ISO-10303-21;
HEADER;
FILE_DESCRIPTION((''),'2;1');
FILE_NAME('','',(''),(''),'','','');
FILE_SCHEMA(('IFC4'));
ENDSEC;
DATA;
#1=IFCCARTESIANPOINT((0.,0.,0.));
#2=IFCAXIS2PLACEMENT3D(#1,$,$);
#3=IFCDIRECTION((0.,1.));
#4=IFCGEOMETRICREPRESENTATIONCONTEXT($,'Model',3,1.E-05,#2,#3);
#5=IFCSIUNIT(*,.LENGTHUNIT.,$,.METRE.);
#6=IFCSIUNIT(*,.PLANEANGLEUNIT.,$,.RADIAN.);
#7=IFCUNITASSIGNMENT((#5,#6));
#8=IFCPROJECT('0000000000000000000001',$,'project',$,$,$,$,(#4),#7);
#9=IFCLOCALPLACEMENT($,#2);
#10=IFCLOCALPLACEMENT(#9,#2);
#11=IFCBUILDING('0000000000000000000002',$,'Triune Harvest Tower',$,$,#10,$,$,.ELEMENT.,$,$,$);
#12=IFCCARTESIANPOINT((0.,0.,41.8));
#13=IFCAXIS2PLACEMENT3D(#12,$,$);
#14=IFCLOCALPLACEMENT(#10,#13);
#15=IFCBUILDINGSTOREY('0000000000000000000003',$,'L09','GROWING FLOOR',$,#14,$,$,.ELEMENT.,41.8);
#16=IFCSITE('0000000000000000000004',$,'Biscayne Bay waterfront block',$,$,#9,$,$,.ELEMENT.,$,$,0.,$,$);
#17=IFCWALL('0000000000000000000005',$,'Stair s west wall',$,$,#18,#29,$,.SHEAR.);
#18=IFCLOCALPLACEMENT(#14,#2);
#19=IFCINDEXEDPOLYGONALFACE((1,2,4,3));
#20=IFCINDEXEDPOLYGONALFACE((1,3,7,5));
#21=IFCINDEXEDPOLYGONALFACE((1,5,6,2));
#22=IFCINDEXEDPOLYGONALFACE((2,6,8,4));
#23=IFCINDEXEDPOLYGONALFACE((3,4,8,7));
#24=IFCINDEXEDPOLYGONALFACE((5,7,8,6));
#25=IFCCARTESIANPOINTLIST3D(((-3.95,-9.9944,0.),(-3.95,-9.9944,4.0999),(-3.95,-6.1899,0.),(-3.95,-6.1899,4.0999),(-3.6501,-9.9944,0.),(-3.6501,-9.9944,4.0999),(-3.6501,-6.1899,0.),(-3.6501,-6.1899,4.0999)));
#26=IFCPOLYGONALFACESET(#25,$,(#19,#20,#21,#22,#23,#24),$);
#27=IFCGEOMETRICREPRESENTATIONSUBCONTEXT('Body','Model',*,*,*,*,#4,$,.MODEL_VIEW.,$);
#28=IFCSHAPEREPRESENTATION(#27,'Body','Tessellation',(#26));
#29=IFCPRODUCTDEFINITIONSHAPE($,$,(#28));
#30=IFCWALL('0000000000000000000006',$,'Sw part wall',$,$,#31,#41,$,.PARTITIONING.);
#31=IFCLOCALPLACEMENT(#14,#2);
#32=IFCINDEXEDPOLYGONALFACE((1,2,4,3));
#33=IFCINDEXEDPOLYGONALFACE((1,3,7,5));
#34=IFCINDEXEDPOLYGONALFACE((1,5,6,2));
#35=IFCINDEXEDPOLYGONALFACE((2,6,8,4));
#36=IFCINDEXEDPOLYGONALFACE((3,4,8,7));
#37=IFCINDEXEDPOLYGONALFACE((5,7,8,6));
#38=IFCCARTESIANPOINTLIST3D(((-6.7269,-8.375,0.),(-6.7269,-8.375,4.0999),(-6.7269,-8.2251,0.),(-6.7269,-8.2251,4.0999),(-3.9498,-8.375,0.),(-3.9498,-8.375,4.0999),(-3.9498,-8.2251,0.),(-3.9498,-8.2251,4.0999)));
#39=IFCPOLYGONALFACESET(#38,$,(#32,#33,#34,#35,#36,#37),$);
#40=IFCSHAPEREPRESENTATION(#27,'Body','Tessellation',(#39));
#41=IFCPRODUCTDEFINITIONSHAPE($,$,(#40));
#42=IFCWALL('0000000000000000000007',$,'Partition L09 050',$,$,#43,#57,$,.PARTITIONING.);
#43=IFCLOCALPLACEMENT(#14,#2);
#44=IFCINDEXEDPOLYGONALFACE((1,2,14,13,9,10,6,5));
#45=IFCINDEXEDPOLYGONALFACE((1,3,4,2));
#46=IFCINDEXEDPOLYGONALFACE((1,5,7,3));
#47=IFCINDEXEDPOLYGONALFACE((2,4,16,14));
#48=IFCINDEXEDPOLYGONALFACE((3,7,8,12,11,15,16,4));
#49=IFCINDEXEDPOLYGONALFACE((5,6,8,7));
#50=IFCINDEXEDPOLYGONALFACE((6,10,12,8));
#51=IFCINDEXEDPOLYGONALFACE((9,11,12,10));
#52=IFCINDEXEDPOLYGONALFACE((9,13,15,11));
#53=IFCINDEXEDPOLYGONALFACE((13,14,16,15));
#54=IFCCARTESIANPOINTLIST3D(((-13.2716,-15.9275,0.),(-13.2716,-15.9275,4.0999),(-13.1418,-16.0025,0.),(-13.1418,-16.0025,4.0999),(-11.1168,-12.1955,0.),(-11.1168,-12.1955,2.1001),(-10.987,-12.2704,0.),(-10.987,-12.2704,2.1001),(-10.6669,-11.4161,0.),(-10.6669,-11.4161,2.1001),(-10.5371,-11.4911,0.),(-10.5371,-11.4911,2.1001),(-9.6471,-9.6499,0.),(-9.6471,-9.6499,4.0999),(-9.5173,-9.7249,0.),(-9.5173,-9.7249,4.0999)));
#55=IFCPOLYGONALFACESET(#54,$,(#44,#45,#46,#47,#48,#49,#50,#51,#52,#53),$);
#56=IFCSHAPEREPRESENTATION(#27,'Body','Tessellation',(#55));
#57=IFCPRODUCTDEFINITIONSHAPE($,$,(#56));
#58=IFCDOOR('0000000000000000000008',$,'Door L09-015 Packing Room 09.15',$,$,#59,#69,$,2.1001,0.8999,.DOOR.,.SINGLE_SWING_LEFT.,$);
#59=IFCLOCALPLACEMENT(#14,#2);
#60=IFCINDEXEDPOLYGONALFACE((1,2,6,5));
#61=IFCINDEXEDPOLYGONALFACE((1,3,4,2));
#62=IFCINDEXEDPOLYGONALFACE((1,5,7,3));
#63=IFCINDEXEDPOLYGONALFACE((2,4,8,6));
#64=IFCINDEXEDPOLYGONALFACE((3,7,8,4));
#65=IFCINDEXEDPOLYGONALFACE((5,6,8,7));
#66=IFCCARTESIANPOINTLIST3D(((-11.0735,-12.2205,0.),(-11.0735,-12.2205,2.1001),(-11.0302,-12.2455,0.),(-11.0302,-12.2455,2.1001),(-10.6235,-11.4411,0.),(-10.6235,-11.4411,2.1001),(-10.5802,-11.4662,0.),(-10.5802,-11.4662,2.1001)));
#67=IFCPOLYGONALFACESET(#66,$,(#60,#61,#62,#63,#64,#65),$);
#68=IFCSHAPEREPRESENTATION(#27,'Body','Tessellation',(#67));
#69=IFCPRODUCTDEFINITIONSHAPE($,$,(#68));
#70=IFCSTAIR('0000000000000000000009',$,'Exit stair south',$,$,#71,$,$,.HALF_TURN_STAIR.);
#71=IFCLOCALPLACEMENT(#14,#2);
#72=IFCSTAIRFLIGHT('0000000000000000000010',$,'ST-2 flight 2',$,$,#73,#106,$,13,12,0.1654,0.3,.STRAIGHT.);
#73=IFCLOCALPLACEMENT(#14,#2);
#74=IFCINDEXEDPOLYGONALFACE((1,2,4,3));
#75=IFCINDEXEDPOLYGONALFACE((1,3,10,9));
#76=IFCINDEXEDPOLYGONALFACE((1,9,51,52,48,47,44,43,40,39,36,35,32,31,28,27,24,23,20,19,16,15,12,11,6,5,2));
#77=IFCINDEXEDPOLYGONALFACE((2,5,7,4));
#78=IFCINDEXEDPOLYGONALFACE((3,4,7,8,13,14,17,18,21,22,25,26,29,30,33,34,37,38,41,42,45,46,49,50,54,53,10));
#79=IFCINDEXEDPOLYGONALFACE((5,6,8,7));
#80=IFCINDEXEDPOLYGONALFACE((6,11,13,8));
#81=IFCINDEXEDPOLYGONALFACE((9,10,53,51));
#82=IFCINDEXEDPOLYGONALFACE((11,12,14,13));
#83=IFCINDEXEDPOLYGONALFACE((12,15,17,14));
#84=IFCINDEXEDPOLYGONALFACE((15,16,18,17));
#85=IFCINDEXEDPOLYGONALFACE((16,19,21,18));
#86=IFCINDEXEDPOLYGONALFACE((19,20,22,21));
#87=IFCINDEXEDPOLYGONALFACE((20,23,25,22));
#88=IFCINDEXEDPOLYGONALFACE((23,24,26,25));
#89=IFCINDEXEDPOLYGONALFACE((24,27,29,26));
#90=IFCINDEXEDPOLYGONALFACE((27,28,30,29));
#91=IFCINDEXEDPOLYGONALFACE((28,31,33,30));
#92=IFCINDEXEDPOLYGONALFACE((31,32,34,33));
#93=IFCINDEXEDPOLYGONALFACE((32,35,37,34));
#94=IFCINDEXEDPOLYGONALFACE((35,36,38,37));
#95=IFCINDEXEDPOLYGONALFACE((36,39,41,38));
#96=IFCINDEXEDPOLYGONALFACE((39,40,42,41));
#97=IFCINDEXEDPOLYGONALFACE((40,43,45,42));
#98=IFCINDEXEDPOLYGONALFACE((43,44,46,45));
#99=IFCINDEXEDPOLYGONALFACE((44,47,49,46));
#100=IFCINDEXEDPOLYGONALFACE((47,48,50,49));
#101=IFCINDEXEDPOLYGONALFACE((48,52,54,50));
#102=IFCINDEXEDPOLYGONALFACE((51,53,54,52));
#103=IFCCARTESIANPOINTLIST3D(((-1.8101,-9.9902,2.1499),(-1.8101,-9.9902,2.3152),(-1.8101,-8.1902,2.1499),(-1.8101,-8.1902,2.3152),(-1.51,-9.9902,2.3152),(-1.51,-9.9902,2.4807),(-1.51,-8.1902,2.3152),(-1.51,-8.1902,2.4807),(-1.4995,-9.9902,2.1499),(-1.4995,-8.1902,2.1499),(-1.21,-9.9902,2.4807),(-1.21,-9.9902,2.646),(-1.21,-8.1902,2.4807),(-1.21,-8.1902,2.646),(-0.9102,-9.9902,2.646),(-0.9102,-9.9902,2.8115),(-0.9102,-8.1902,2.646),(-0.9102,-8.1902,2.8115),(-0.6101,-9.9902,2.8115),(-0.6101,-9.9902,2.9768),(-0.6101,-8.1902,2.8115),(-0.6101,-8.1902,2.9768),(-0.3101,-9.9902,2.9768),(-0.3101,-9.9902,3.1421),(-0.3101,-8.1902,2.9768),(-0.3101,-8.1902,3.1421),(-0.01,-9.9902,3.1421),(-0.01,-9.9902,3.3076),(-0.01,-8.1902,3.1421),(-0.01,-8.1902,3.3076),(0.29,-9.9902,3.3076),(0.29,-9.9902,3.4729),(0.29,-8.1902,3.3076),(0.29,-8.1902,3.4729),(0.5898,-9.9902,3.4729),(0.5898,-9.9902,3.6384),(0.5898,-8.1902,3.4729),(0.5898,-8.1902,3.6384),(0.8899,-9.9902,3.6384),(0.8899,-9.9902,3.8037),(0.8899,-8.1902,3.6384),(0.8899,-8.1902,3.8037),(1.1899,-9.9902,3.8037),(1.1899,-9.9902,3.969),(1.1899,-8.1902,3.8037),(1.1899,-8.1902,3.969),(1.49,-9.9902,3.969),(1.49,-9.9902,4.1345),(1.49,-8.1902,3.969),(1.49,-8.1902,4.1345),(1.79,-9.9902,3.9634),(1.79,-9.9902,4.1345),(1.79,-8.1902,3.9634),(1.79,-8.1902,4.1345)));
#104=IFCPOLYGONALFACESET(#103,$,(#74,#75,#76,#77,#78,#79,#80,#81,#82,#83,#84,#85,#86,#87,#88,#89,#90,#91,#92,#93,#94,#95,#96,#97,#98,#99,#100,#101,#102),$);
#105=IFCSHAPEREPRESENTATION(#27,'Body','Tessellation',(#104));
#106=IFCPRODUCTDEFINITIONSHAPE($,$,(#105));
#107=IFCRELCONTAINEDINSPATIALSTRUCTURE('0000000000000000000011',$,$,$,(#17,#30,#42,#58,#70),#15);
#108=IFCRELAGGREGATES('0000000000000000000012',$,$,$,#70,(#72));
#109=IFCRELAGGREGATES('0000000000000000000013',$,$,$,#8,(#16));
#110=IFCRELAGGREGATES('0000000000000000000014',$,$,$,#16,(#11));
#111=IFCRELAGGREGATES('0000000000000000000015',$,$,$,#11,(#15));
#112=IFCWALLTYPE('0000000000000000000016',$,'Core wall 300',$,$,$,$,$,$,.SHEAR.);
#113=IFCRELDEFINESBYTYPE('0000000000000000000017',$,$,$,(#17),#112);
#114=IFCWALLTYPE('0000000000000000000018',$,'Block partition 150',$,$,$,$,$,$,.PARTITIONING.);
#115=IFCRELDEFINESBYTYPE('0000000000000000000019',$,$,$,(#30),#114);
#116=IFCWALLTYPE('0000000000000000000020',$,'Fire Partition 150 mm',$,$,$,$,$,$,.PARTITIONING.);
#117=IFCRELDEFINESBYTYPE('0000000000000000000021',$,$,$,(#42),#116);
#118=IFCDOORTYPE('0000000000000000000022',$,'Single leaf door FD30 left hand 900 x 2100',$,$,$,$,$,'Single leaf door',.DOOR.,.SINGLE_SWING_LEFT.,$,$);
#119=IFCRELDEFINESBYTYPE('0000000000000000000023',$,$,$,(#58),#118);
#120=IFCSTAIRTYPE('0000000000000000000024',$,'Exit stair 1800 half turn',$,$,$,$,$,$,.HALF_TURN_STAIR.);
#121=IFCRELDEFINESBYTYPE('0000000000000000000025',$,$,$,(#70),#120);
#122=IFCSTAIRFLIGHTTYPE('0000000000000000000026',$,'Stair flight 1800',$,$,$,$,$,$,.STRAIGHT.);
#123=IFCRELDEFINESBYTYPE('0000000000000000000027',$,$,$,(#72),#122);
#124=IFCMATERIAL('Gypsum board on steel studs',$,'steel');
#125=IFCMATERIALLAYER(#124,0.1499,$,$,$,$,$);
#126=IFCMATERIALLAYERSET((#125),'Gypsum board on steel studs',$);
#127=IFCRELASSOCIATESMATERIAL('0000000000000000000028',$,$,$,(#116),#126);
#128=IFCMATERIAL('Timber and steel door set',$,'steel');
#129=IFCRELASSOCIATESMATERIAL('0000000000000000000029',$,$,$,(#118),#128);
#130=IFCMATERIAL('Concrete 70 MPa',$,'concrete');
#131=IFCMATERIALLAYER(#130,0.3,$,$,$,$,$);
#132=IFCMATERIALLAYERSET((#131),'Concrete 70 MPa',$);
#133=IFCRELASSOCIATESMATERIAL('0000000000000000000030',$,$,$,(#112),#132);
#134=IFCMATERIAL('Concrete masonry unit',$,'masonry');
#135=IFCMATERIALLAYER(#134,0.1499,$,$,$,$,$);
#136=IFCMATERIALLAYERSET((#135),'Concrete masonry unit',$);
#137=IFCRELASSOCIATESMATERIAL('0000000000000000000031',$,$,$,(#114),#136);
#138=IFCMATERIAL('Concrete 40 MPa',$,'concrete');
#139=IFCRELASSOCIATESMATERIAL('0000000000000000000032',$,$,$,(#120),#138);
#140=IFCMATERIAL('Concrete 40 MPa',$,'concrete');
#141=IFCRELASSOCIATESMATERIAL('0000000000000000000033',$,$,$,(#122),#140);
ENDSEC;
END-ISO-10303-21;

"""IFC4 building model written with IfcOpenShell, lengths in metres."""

from ifc_helpers import new_model, si_unit, direction, frame, frame_2d, origin, place, context, subcontext, project, spatial, polyline, rectangle, outline, extrude, source, transform, mapped, material, layer, layer_set, type_object, element, fill, aggregate, save


model = new_model("IFC4")

# Units and contexts
model_context = context("Model", 3, precision=1e-05, world=origin(), true_north=direction((0.0, 1.0)))
body_context = subcontext(model_context, "Body", "Model", "MODEL_VIEW")
ifc_project = project(units=[si_unit("LENGTHUNIT", "METRE"), si_unit("PLANEANGLEUNIT", "RADIAN")], contexts=[model_context])

# Site, building, storey
site_placement = place(None, origin())
site = spatial("IfcSite", under=ifc_project, at=site_placement, Name="Biscayne Bay waterfront block", CompositionType="ELEMENT", RefElevation=0.0)
building_placement = place(site_placement, origin())
building = spatial("IfcBuilding", under=site, at=building_placement, Name="Triune Harvest Tower", CompositionType="ELEMENT")
storey_placement = place(building_placement, frame((0.0, 0.0, 41.8)))
storey = spatial("IfcBuildingStorey", under=building, at=storey_placement, Name="L09", Description="GROWING FLOOR", CompositionType="ELEMENT", Elevation=41.8)

# Shared definitions
ifc_material_1 = material(Name="Gypsum board on steel studs", Category="steel")
ifc_layer_1 = layer(ifc_material_1, 0.1499)
ifc_layer_set_1 = layer_set([ifc_layer_1], Name="Gypsum board on steel studs")
wall_type_1 = type_object("IfcWallType", Name="Fire Partition 150 mm", PredefinedType="PARTITIONING", material=ifc_layer_set_1)

# Shared definitions
ifc_material_2 = material(Name="Timber and steel door set", Category="steel")
door_type_1 = type_object("IfcDoorType", Name="Single leaf door FD30 left hand 900 x 2100", ElementType="Single leaf door", OperationType="SINGLE_SWING_LEFT", PredefinedType="DOOR", material=ifc_material_2)

# Walls
ifc_material_3 = material(Name="Concrete 70 MPa", Category="concrete")
ifc_layer_2 = layer(ifc_material_3, 0.3)
ifc_layer_set_2 = layer_set([ifc_layer_2], Name="Concrete 70 MPa")
wall_type_2 = type_object("IfcWallType", Name="Core wall 300", PredefinedType="SHEAR", material=ifc_layer_set_2)
shared_shape_1 = source(origin(), body_context, "Body", "SweptSolid", [
    extrude(outline(polyline([(3.8, -0.1499), (-0.0044, -0.1499), (-0.0044, 0.1499), (3.8, 0.1499), (3.8, -0.1499)])), origin(), (0.0, 0.0, 1.0), 4.0999),
])
wall_1_placement = place(storey_placement, frame((-3.8, -9.99, 0.0), z_axis=(0.0, 0.0, 1.0), x_axis=(0.0, 1.0, 0.0)))
element("IfcWall", 1, at=wall_1_placement, inside=storey, type_object=wall_type_2, Name="Stair s west wall", PredefinedType="SHEAR", context=body_context, shape_type="MappedRepresentation", body=[
    mapped(shared_shape_1, transform((0.0, 0.0, 0.0), scale=1.0)),
])
ifc_material_4 = material(Name="Concrete masonry unit", Category="masonry")
ifc_layer_3 = layer(ifc_material_4, 0.1499)
ifc_layer_set_3 = layer_set([ifc_layer_3], Name="Concrete masonry unit")
wall_type_3 = type_object("IfcWallType", Name="Block partition 150", PredefinedType="PARTITIONING", material=ifc_layer_set_3)
shared_shape_2 = source(origin(), body_context, "Body", "SweptSolid", [
    extrude(rectangle(XDim=2.7771, YDim=0.1499, at=frame_2d((1.3887, 0.0))), origin(), (0.0, 0.0, 1.0), 4.0999),
])
wall_2_placement = place(storey_placement, frame((-6.7271, -8.3, 0.0), z_axis=(0.0, 0.0, 1.0), x_axis=(1.0, 0.0, 0.0)))
element("IfcWall", 2, at=wall_2_placement, inside=storey, type_object=wall_type_3, Name="Sw part wall", PredefinedType="PARTITIONING", context=body_context, shape_type="MappedRepresentation", body=[
    mapped(shared_shape_2, transform((0.0, 0.0, 0.0), scale=1.0)),
])

# Wall, opening, door
shared_shape_3 = source(origin(), body_context, "Body", "SweptSolid", [
    extrude(rectangle(XDim=7.2488, YDim=0.1499, at=frame_2d((3.6245, 0.0))), origin(), (0.0, 0.0, 1.0), 4.0999),
])
wall_3_placement = place(storey_placement, frame((-13.2068, -15.9651, 0.0), z_axis=(0.0, 0.0, 1.0), x_axis=(0.500015, 0.866017, 0.0)))
wall_3 = element("IfcWall", 3, at=wall_3_placement, inside=storey, type_object=wall_type_1, Name="Partition L09 050", PredefinedType="PARTITIONING", context=body_context, shape_type="MappedRepresentation", body=[
    mapped(shared_shape_3, transform((0.0, 0.0, 0.0), scale=1.0)),
])
opening_1_placement = place(wall_3_placement, frame((4.3096, 0.0, 0.0)))
opening_1 = element("IfcOpeningElement", 4, at=opening_1_placement, cuts=wall_3, PredefinedType="OPENING", context=body_context, shape_type="SweptSolid", body=[
    extrude(rectangle(XDim=0.8999, YDim=2.1001, at=frame_2d((0.45, 1.05))), frame((0.0, 0.085, 0.0), z_axis=(0.0, -1.0, 0.0), x_axis=(1.0, 0.0, 0.0)), (0.0, 0.0, 1.0), 0.1699),
])
door_1_placement = place(opening_1_placement, origin())
door_1 = element("IfcDoor", 5, at=door_1_placement, inside=storey, type_object=door_type_1, Name="Door L09-015 Packing Room 09.15", OperationType="SINGLE_SWING_LEFT", OverallHeight=2.1001, OverallWidth=0.8999, PredefinedType="DOOR", context=body_context, shape_type="SweptSolid", body=[
    extrude(rectangle(XDim=0.8999, YDim=2.1001, at=frame_2d((0.45, 1.05))), frame((0.0, 0.0249, 0.0), z_axis=(0.0, -1.0, 0.0), x_axis=(1.0, 0.0, 0.0)), (0.0, 0.0, 1.0), 0.05),
])
fill(opening_1, door_1)

# Stair, stair flight
ifc_material_5 = material(Name="Concrete 40 MPa", Category="concrete")
stair_type = type_object("IfcStairType", Name="Exit stair 1800 half turn", PredefinedType="HALF_TURN_STAIR", material=ifc_material_5)
stair_placement = place(storey_placement, origin())
stair = element("IfcStair", 6, at=stair_placement, inside=storey, type_object=stair_type, Name="Exit stair south", PredefinedType="HALF_TURN_STAIR")
ifc_material_6 = material(Name="Concrete 40 MPa", Category="concrete")
stair_flight_type = type_object("IfcStairFlightType", Name="Stair flight 1800", PredefinedType="STRAIGHT", material=ifc_material_6)
shared_shape_4 = source(origin(), body_context, "Body", "SweptSolid", [
    extrude(outline(polyline([(0.0, 0.0), (0.0, 0.1653), (0.3, 0.1653), (0.3, 0.3308), (0.6001, 0.3308), (0.6001, 0.4961), (0.8999, 0.4961), (0.8999, 0.6616), (1.2, 0.6616), (1.2, 0.8269), (1.5, 0.8269), (1.5, 0.9922), (1.8, 0.9922), (1.8, 1.1577), (2.1001, 1.1577), (2.1001, 1.323), (2.3999, 1.323), (2.3999, 1.4885), (2.7, 1.4885), (2.7, 1.6538), (3.0, 1.6538), (3.0, 1.8191), (3.3, 1.8191), (3.3, 1.9846), (3.6001, 1.9846), (3.6001, 2.1499), (3.6001, 1.8135), (0.3105, 0.0), (0.0, 0.0)])), frame((0.0, 0.8999, 0.0), z_axis=(0.0, -1.0, 0.0), x_axis=(1.0, 0.0, 0.0)), (0.0, 0.0, 1.0), 1.8),
])
stair_flight_placement = place(storey_placement, frame((-1.8101, -9.0901, 2.1499), z_axis=(0.0, 0.0, 1.0), x_axis=(1.0, 0.0, 0.0)))
stair_flight = element("IfcStairFlight", 7, at=stair_flight_placement, type_object=stair_flight_type, Name="ST-2 flight 2", NumberOfRisers=13, NumberOfTreads=12, PredefinedType="STRAIGHT", RiserHeight=0.1654, TreadLength=0.3, context=body_context, shape_type="MappedRepresentation", body=[
    mapped(shared_shape_4, transform((0.0, 0.0, 0.0), scale=1.0)),
])
aggregate(stair, [stair_flight])

save(model, "model.ifc")
